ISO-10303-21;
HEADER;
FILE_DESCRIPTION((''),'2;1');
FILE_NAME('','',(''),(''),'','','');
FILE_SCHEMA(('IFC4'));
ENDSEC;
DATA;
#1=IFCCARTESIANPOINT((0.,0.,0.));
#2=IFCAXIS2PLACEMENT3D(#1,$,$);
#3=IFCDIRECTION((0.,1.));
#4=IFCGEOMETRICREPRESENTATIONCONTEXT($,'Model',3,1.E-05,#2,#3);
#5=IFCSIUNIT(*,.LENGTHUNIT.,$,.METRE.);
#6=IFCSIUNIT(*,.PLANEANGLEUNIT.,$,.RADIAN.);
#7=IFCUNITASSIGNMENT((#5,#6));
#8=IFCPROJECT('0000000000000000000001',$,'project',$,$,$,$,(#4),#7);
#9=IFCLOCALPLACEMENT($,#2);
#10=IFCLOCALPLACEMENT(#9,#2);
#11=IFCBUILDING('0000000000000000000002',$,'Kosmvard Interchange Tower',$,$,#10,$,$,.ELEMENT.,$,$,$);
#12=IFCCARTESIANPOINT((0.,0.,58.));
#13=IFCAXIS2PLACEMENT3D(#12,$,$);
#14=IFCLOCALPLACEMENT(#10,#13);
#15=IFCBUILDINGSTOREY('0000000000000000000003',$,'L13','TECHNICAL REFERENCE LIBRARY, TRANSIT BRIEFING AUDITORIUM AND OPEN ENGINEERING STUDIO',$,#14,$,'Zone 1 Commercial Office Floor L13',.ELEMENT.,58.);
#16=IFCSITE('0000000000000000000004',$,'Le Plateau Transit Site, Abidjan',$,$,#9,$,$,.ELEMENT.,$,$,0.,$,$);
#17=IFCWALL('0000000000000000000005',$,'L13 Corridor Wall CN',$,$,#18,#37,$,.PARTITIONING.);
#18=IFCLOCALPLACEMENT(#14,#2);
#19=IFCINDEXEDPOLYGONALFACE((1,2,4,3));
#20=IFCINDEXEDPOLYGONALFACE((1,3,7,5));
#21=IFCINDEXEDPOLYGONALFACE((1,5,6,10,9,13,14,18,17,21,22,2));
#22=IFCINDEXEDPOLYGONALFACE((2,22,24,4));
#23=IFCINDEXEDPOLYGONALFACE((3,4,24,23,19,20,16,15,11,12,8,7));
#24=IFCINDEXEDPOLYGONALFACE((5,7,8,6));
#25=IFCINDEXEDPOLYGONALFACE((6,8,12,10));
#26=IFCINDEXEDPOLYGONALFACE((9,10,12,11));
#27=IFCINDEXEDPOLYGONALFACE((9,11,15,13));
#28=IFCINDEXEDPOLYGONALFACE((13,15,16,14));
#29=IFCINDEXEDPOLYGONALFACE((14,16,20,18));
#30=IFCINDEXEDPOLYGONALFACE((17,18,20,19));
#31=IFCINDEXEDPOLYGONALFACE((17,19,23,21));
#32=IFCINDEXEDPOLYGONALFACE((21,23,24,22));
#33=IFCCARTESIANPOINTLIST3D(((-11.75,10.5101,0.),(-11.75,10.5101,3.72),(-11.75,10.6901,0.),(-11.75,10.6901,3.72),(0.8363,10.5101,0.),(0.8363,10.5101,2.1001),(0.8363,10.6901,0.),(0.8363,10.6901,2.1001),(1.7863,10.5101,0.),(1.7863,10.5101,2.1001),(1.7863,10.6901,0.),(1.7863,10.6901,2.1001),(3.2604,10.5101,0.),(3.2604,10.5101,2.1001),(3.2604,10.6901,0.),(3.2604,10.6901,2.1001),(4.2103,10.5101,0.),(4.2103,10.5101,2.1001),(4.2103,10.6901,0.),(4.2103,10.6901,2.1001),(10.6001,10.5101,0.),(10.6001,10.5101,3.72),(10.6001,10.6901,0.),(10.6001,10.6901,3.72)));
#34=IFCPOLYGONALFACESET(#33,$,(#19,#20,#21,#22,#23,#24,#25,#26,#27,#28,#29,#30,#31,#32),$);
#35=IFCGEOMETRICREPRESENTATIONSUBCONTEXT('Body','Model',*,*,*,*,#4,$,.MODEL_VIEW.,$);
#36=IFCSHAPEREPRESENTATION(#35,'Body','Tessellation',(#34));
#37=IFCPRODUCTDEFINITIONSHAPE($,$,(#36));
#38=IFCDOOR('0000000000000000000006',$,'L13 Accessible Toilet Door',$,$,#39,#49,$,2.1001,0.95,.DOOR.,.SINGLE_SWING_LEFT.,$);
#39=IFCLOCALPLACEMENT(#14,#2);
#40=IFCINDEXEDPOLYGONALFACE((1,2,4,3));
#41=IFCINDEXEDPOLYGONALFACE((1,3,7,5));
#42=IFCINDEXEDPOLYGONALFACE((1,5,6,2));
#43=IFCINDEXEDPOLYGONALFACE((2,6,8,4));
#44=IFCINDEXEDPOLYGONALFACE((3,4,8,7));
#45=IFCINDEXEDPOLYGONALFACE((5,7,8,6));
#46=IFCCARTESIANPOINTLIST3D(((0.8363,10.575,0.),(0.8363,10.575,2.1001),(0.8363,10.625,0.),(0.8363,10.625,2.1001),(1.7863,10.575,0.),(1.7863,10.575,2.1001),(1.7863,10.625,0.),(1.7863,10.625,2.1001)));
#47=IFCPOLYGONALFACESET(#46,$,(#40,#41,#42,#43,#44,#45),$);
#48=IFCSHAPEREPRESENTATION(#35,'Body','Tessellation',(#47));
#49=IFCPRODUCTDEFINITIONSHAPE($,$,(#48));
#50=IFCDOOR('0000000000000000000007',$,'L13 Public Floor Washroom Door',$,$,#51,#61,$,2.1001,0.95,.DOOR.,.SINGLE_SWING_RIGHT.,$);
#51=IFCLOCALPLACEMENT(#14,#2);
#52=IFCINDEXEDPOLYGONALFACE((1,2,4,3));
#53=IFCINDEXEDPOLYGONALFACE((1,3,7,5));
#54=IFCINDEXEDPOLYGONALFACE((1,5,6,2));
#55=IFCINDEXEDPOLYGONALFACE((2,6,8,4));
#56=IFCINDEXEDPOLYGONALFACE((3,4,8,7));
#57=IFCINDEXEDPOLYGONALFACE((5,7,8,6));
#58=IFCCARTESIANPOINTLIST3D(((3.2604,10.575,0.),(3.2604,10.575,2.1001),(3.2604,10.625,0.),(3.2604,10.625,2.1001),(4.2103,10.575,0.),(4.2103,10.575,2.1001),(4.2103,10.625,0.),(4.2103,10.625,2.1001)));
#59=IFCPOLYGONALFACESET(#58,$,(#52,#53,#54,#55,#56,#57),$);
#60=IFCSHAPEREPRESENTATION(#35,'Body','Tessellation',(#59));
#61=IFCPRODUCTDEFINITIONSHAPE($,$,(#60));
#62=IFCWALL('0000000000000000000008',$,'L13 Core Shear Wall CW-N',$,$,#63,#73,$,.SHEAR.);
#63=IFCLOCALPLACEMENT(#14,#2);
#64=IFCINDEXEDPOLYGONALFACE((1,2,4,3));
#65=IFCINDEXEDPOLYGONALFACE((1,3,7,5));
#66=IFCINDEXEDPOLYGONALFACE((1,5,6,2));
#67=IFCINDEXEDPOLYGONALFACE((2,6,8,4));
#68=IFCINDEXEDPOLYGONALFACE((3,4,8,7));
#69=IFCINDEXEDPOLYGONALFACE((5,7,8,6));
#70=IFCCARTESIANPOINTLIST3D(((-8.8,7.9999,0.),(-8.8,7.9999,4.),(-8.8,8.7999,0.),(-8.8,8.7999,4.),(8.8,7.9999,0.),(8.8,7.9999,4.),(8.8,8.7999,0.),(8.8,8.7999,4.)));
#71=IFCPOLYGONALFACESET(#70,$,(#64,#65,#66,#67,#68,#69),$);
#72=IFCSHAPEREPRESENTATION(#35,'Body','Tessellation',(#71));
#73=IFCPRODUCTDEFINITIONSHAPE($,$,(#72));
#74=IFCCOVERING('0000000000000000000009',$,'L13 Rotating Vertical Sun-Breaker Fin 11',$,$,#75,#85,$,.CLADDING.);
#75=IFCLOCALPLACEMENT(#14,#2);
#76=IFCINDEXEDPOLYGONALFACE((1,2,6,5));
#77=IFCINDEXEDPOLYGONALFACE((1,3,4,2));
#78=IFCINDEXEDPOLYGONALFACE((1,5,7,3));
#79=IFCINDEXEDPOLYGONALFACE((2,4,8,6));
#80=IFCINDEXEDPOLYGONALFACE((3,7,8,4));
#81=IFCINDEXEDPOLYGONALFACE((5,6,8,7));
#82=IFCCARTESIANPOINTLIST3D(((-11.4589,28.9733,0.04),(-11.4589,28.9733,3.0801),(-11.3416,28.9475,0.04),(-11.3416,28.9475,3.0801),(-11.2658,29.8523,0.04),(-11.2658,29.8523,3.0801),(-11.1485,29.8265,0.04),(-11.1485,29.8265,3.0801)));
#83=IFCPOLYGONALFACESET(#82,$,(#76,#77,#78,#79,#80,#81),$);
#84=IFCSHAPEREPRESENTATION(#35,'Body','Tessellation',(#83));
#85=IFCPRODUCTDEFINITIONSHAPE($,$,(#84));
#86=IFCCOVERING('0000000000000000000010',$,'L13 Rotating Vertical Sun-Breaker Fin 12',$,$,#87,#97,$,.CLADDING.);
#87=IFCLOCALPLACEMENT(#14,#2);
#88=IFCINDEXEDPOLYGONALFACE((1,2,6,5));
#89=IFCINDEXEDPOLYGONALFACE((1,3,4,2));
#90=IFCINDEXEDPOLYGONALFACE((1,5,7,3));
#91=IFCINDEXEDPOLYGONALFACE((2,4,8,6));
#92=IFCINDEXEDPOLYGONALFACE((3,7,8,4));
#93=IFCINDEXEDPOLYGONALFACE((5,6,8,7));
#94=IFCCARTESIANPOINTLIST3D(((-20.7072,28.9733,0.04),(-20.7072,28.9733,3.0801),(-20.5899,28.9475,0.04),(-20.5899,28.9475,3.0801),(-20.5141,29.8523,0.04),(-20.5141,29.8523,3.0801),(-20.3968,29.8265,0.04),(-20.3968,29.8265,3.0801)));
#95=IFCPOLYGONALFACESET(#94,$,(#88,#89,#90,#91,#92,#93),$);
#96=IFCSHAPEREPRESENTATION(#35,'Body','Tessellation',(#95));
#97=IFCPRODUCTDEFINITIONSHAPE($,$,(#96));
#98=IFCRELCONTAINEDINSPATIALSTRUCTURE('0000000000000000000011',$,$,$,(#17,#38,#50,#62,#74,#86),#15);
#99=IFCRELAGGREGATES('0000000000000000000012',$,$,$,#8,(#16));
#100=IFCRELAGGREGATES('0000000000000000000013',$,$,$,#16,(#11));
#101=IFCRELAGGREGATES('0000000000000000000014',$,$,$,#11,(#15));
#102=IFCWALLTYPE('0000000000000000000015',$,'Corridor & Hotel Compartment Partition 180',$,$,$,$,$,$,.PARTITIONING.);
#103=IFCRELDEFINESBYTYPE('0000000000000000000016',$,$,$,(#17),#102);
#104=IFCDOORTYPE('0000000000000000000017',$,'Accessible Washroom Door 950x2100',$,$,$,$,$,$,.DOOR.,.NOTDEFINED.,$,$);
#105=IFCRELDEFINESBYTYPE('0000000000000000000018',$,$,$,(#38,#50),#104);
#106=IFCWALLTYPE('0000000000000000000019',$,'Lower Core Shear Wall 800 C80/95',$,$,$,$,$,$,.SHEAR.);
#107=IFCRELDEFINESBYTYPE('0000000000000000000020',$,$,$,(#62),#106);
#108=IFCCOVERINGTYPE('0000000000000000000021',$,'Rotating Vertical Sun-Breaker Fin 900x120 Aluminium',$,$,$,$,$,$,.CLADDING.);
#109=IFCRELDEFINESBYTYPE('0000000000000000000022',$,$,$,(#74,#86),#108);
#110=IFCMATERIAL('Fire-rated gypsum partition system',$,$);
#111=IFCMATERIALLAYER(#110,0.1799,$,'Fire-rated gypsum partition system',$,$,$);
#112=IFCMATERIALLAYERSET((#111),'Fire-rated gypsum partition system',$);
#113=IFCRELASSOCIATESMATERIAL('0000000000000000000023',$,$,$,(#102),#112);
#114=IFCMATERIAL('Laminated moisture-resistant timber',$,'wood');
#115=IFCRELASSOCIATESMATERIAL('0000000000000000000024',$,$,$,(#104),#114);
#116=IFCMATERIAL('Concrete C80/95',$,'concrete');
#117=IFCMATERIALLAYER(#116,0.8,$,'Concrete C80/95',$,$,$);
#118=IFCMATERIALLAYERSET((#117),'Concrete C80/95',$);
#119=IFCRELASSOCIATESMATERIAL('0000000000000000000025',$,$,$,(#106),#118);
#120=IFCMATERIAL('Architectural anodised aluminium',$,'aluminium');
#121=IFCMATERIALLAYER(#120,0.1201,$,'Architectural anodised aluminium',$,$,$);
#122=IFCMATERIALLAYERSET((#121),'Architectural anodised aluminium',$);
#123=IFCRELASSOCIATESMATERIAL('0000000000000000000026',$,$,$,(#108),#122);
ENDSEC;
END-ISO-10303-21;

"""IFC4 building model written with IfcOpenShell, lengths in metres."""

from ifc_helpers import new_model, si_unit, direction, frame, frame_2d, origin, origin_2d, place, context, subcontext, project, spatial, rectangle, extrude, source, transform, mapped, material, layer, layer_set, type_object, element, fill, save


model = new_model("IFC4")

# Units and contexts
model_context = context("Model", 3, precision=1e-05, world=origin(), true_north=direction((0.0, 1.0)))
body_context = subcontext(model_context, "Body", "Model", "MODEL_VIEW")
ifc_project = project(units=[si_unit("LENGTHUNIT", "METRE"), si_unit("PLANEANGLEUNIT", "RADIAN")], contexts=[model_context])

# Site, building, storey
site_placement = place(None, origin())
site = spatial("IfcSite", under=ifc_project, at=site_placement, Name="Le Plateau Transit Site, Abidjan", CompositionType="ELEMENT", RefElevation=0.0)
building_placement = place(site_placement, origin())
building = spatial("IfcBuilding", under=site, at=building_placement, Name="Kosmvard Interchange Tower", CompositionType="ELEMENT")
storey_placement = place(building_placement, frame((0.0, 0.0, 58.0)))
storey = spatial("IfcBuildingStorey", under=building, at=storey_placement, Name="L13", Description="TECHNICAL REFERENCE LIBRARY, TRANSIT BRIEFING AUDITORIUM AND OPEN ENGINEERING STUDIO", LongName="Zone 1 Commercial Office Floor L13", CompositionType="ELEMENT", Elevation=58.0)

# Shared definitions
ifc_material_1 = material(Name="Concrete C80/95", Category="concrete")

# Wall, openings, doors
ifc_material_2 = material(Name="Fire-rated gypsum partition system")
ifc_layer_1 = layer(ifc_material_2, 0.1799, Name="Fire-rated gypsum partition system")
ifc_layer_set_1 = layer_set([ifc_layer_1], Name="Fire-rated gypsum partition system")
wall_type_1 = type_object("IfcWallType", Name="Corridor & Hotel Compartment Partition 180", PredefinedType="PARTITIONING", material=ifc_layer_set_1)
wall_1_placement = place(storey_placement, frame((-11.75, 10.6001, 0.0), z_axis=(0.0, 0.0, 1.0), x_axis=(1.0, 0.0, 0.0)))
wall_1 = element("IfcWall", 1, at=wall_1_placement, inside=storey, type_object=wall_type_1, Name="L13 Corridor Wall CN", PredefinedType="PARTITIONING", context=body_context, shape_type="SweptSolid", body=[
    extrude(rectangle(XDim=22.3501, YDim=0.1799, at=frame_2d((11.175, 0.0))), origin(), (0.0, 0.0, 1.0), 3.72),
])
opening_1_placement = place(wall_1_placement, frame((12.5862, 0.0, 0.0)))
opening_1 = element("IfcOpeningElement", 2, at=opening_1_placement, cuts=wall_1, PredefinedType="OPENING", context=body_context, shape_type="SweptSolid", body=[
    extrude(rectangle(XDim=0.95, YDim=2.1001, at=frame_2d((0.4751, 1.05))), frame((0.0, 0.1001, 0.0), z_axis=(0.0, -1.0, 0.0), x_axis=(1.0, 0.0, 0.0)), (0.0, 0.0, 1.0), 0.2),
])
opening_2_placement = place(wall_1_placement, frame((15.0103, 0.0, 0.0)))
opening_2 = element("IfcOpeningElement", 3, at=opening_2_placement, cuts=wall_1, PredefinedType="OPENING", context=body_context, shape_type="SweptSolid", body=[
    extrude(rectangle(XDim=0.95, YDim=2.1001, at=frame_2d((0.4751, 1.05))), frame((0.0, 0.1001, 0.0), z_axis=(0.0, -1.0, 0.0), x_axis=(1.0, 0.0, 0.0)), (0.0, 0.0, 1.0), 0.2),
])
ifc_material_3 = material(Name="Laminated moisture-resistant timber", Category="wood")
door_type = type_object("IfcDoorType", Name="Accessible Washroom Door 950x2100", OperationType="NOTDEFINED", PredefinedType="DOOR", material=ifc_material_3)
shared_shape_1 = source(origin(), body_context, "Body", "SweptSolid", [
    extrude(rectangle(XDim=0.95, YDim=2.1001, at=frame_2d((0.4751, 1.05))), frame((0.0, 0.0249, 0.0), z_axis=(0.0, -1.0, 0.0), x_axis=(1.0, 0.0, 0.0)), (0.0, 0.0, 1.0), 0.05),
])
door_1_placement = place(opening_1_placement, origin())
door_1 = element("IfcDoor", 4, at=door_1_placement, inside=storey, type_object=door_type, Name="L13 Accessible Toilet Door", OperationType="SINGLE_SWING_LEFT", OverallHeight=2.1001, OverallWidth=0.95, PredefinedType="DOOR", context=body_context, shape_type="MappedRepresentation", body=[
    mapped(shared_shape_1, transform((0.0, 0.0, 0.0), scale=1.0)),
])
fill(opening_1, door_1)
door_2_placement = place(opening_2_placement, origin())
door_2 = element("IfcDoor", 5, at=door_2_placement, inside=storey, type_object=door_type, Name="L13 Public Floor Washroom Door", OperationType="SINGLE_SWING_RIGHT", OverallHeight=2.1001, OverallWidth=0.95, PredefinedType="DOOR", context=body_context, shape_type="MappedRepresentation", body=[
    mapped(shared_shape_1, transform((0.0, 0.0, 0.0), scale=1.0)),
])
fill(opening_2, door_2)

# Wall
ifc_layer_2 = layer(ifc_material_1, 0.8, Name="Concrete C80/95")
ifc_layer_set_2 = layer_set([ifc_layer_2], Name="Concrete C80/95")
wall_type_2 = type_object("IfcWallType", Name="Lower Core Shear Wall 800 C80/95", PredefinedType="SHEAR", material=ifc_layer_set_2)
wall_2_placement = place(storey_placement, frame((-8.8, 8.3999, 0.0), z_axis=(0.0, 0.0, 1.0), x_axis=(1.0, 0.0, 0.0)))
element("IfcWall", 6, at=wall_2_placement, inside=storey, type_object=wall_type_2, Name="L13 Core Shear Wall CW-N", PredefinedType="SHEAR", context=body_context, shape_type="SweptSolid", body=[
    extrude(rectangle(XDim=17.6001, YDim=0.8, at=frame_2d((8.8, 0.0))), origin(), (0.0, 0.0, 1.0), 4.0),
])

# Coverings
ifc_material_4 = material(Name="Architectural anodised aluminium", Category="aluminium")
ifc_layer_3 = layer(ifc_material_4, 0.1201, Name="Architectural anodised aluminium")
ifc_layer_set_3 = layer_set([ifc_layer_3], Name="Architectural anodised aluminium")
covering_type = type_object("IfcCoveringType", Name="Rotating Vertical Sun-Breaker Fin 900x120 Aluminium", PredefinedType="CLADDING", material=ifc_layer_set_3)
shared_shape_2 = source(origin(), body_context, "Body", "SweptSolid", [
    extrude(rectangle(XDim=0.8999, YDim=0.1201, at=origin_2d()), origin(), (0.0, 0.0, 1.0), 3.04),
])
for number, where, z_axis, x_axis, name in (
    (7, (-11.3037, 29.3999, 0.04), (0.0, 0.0, 1.0), (0.214565, 0.97671, 0.0), "L13 Rotating Vertical Sun-Breaker Fin 11"),
    (8, (-20.552, 29.3999, 0.04), (0.0, 0.0, 1.0), (0.214565, 0.97671, 0.0), "L13 Rotating Vertical Sun-Breaker Fin 12"),
):
    element("IfcCovering", number, at=place(storey_placement, frame(where, z_axis=z_axis, x_axis=x_axis)), inside=storey, type_object=covering_type, Name=name, PredefinedType="CLADDING", context=body_context, shape_type="MappedRepresentation", body=[
        mapped(shared_shape_2, transform((0.0, 0.0, 0.0), scale=1.0)),
    ])

save(model, "model.ifc")
